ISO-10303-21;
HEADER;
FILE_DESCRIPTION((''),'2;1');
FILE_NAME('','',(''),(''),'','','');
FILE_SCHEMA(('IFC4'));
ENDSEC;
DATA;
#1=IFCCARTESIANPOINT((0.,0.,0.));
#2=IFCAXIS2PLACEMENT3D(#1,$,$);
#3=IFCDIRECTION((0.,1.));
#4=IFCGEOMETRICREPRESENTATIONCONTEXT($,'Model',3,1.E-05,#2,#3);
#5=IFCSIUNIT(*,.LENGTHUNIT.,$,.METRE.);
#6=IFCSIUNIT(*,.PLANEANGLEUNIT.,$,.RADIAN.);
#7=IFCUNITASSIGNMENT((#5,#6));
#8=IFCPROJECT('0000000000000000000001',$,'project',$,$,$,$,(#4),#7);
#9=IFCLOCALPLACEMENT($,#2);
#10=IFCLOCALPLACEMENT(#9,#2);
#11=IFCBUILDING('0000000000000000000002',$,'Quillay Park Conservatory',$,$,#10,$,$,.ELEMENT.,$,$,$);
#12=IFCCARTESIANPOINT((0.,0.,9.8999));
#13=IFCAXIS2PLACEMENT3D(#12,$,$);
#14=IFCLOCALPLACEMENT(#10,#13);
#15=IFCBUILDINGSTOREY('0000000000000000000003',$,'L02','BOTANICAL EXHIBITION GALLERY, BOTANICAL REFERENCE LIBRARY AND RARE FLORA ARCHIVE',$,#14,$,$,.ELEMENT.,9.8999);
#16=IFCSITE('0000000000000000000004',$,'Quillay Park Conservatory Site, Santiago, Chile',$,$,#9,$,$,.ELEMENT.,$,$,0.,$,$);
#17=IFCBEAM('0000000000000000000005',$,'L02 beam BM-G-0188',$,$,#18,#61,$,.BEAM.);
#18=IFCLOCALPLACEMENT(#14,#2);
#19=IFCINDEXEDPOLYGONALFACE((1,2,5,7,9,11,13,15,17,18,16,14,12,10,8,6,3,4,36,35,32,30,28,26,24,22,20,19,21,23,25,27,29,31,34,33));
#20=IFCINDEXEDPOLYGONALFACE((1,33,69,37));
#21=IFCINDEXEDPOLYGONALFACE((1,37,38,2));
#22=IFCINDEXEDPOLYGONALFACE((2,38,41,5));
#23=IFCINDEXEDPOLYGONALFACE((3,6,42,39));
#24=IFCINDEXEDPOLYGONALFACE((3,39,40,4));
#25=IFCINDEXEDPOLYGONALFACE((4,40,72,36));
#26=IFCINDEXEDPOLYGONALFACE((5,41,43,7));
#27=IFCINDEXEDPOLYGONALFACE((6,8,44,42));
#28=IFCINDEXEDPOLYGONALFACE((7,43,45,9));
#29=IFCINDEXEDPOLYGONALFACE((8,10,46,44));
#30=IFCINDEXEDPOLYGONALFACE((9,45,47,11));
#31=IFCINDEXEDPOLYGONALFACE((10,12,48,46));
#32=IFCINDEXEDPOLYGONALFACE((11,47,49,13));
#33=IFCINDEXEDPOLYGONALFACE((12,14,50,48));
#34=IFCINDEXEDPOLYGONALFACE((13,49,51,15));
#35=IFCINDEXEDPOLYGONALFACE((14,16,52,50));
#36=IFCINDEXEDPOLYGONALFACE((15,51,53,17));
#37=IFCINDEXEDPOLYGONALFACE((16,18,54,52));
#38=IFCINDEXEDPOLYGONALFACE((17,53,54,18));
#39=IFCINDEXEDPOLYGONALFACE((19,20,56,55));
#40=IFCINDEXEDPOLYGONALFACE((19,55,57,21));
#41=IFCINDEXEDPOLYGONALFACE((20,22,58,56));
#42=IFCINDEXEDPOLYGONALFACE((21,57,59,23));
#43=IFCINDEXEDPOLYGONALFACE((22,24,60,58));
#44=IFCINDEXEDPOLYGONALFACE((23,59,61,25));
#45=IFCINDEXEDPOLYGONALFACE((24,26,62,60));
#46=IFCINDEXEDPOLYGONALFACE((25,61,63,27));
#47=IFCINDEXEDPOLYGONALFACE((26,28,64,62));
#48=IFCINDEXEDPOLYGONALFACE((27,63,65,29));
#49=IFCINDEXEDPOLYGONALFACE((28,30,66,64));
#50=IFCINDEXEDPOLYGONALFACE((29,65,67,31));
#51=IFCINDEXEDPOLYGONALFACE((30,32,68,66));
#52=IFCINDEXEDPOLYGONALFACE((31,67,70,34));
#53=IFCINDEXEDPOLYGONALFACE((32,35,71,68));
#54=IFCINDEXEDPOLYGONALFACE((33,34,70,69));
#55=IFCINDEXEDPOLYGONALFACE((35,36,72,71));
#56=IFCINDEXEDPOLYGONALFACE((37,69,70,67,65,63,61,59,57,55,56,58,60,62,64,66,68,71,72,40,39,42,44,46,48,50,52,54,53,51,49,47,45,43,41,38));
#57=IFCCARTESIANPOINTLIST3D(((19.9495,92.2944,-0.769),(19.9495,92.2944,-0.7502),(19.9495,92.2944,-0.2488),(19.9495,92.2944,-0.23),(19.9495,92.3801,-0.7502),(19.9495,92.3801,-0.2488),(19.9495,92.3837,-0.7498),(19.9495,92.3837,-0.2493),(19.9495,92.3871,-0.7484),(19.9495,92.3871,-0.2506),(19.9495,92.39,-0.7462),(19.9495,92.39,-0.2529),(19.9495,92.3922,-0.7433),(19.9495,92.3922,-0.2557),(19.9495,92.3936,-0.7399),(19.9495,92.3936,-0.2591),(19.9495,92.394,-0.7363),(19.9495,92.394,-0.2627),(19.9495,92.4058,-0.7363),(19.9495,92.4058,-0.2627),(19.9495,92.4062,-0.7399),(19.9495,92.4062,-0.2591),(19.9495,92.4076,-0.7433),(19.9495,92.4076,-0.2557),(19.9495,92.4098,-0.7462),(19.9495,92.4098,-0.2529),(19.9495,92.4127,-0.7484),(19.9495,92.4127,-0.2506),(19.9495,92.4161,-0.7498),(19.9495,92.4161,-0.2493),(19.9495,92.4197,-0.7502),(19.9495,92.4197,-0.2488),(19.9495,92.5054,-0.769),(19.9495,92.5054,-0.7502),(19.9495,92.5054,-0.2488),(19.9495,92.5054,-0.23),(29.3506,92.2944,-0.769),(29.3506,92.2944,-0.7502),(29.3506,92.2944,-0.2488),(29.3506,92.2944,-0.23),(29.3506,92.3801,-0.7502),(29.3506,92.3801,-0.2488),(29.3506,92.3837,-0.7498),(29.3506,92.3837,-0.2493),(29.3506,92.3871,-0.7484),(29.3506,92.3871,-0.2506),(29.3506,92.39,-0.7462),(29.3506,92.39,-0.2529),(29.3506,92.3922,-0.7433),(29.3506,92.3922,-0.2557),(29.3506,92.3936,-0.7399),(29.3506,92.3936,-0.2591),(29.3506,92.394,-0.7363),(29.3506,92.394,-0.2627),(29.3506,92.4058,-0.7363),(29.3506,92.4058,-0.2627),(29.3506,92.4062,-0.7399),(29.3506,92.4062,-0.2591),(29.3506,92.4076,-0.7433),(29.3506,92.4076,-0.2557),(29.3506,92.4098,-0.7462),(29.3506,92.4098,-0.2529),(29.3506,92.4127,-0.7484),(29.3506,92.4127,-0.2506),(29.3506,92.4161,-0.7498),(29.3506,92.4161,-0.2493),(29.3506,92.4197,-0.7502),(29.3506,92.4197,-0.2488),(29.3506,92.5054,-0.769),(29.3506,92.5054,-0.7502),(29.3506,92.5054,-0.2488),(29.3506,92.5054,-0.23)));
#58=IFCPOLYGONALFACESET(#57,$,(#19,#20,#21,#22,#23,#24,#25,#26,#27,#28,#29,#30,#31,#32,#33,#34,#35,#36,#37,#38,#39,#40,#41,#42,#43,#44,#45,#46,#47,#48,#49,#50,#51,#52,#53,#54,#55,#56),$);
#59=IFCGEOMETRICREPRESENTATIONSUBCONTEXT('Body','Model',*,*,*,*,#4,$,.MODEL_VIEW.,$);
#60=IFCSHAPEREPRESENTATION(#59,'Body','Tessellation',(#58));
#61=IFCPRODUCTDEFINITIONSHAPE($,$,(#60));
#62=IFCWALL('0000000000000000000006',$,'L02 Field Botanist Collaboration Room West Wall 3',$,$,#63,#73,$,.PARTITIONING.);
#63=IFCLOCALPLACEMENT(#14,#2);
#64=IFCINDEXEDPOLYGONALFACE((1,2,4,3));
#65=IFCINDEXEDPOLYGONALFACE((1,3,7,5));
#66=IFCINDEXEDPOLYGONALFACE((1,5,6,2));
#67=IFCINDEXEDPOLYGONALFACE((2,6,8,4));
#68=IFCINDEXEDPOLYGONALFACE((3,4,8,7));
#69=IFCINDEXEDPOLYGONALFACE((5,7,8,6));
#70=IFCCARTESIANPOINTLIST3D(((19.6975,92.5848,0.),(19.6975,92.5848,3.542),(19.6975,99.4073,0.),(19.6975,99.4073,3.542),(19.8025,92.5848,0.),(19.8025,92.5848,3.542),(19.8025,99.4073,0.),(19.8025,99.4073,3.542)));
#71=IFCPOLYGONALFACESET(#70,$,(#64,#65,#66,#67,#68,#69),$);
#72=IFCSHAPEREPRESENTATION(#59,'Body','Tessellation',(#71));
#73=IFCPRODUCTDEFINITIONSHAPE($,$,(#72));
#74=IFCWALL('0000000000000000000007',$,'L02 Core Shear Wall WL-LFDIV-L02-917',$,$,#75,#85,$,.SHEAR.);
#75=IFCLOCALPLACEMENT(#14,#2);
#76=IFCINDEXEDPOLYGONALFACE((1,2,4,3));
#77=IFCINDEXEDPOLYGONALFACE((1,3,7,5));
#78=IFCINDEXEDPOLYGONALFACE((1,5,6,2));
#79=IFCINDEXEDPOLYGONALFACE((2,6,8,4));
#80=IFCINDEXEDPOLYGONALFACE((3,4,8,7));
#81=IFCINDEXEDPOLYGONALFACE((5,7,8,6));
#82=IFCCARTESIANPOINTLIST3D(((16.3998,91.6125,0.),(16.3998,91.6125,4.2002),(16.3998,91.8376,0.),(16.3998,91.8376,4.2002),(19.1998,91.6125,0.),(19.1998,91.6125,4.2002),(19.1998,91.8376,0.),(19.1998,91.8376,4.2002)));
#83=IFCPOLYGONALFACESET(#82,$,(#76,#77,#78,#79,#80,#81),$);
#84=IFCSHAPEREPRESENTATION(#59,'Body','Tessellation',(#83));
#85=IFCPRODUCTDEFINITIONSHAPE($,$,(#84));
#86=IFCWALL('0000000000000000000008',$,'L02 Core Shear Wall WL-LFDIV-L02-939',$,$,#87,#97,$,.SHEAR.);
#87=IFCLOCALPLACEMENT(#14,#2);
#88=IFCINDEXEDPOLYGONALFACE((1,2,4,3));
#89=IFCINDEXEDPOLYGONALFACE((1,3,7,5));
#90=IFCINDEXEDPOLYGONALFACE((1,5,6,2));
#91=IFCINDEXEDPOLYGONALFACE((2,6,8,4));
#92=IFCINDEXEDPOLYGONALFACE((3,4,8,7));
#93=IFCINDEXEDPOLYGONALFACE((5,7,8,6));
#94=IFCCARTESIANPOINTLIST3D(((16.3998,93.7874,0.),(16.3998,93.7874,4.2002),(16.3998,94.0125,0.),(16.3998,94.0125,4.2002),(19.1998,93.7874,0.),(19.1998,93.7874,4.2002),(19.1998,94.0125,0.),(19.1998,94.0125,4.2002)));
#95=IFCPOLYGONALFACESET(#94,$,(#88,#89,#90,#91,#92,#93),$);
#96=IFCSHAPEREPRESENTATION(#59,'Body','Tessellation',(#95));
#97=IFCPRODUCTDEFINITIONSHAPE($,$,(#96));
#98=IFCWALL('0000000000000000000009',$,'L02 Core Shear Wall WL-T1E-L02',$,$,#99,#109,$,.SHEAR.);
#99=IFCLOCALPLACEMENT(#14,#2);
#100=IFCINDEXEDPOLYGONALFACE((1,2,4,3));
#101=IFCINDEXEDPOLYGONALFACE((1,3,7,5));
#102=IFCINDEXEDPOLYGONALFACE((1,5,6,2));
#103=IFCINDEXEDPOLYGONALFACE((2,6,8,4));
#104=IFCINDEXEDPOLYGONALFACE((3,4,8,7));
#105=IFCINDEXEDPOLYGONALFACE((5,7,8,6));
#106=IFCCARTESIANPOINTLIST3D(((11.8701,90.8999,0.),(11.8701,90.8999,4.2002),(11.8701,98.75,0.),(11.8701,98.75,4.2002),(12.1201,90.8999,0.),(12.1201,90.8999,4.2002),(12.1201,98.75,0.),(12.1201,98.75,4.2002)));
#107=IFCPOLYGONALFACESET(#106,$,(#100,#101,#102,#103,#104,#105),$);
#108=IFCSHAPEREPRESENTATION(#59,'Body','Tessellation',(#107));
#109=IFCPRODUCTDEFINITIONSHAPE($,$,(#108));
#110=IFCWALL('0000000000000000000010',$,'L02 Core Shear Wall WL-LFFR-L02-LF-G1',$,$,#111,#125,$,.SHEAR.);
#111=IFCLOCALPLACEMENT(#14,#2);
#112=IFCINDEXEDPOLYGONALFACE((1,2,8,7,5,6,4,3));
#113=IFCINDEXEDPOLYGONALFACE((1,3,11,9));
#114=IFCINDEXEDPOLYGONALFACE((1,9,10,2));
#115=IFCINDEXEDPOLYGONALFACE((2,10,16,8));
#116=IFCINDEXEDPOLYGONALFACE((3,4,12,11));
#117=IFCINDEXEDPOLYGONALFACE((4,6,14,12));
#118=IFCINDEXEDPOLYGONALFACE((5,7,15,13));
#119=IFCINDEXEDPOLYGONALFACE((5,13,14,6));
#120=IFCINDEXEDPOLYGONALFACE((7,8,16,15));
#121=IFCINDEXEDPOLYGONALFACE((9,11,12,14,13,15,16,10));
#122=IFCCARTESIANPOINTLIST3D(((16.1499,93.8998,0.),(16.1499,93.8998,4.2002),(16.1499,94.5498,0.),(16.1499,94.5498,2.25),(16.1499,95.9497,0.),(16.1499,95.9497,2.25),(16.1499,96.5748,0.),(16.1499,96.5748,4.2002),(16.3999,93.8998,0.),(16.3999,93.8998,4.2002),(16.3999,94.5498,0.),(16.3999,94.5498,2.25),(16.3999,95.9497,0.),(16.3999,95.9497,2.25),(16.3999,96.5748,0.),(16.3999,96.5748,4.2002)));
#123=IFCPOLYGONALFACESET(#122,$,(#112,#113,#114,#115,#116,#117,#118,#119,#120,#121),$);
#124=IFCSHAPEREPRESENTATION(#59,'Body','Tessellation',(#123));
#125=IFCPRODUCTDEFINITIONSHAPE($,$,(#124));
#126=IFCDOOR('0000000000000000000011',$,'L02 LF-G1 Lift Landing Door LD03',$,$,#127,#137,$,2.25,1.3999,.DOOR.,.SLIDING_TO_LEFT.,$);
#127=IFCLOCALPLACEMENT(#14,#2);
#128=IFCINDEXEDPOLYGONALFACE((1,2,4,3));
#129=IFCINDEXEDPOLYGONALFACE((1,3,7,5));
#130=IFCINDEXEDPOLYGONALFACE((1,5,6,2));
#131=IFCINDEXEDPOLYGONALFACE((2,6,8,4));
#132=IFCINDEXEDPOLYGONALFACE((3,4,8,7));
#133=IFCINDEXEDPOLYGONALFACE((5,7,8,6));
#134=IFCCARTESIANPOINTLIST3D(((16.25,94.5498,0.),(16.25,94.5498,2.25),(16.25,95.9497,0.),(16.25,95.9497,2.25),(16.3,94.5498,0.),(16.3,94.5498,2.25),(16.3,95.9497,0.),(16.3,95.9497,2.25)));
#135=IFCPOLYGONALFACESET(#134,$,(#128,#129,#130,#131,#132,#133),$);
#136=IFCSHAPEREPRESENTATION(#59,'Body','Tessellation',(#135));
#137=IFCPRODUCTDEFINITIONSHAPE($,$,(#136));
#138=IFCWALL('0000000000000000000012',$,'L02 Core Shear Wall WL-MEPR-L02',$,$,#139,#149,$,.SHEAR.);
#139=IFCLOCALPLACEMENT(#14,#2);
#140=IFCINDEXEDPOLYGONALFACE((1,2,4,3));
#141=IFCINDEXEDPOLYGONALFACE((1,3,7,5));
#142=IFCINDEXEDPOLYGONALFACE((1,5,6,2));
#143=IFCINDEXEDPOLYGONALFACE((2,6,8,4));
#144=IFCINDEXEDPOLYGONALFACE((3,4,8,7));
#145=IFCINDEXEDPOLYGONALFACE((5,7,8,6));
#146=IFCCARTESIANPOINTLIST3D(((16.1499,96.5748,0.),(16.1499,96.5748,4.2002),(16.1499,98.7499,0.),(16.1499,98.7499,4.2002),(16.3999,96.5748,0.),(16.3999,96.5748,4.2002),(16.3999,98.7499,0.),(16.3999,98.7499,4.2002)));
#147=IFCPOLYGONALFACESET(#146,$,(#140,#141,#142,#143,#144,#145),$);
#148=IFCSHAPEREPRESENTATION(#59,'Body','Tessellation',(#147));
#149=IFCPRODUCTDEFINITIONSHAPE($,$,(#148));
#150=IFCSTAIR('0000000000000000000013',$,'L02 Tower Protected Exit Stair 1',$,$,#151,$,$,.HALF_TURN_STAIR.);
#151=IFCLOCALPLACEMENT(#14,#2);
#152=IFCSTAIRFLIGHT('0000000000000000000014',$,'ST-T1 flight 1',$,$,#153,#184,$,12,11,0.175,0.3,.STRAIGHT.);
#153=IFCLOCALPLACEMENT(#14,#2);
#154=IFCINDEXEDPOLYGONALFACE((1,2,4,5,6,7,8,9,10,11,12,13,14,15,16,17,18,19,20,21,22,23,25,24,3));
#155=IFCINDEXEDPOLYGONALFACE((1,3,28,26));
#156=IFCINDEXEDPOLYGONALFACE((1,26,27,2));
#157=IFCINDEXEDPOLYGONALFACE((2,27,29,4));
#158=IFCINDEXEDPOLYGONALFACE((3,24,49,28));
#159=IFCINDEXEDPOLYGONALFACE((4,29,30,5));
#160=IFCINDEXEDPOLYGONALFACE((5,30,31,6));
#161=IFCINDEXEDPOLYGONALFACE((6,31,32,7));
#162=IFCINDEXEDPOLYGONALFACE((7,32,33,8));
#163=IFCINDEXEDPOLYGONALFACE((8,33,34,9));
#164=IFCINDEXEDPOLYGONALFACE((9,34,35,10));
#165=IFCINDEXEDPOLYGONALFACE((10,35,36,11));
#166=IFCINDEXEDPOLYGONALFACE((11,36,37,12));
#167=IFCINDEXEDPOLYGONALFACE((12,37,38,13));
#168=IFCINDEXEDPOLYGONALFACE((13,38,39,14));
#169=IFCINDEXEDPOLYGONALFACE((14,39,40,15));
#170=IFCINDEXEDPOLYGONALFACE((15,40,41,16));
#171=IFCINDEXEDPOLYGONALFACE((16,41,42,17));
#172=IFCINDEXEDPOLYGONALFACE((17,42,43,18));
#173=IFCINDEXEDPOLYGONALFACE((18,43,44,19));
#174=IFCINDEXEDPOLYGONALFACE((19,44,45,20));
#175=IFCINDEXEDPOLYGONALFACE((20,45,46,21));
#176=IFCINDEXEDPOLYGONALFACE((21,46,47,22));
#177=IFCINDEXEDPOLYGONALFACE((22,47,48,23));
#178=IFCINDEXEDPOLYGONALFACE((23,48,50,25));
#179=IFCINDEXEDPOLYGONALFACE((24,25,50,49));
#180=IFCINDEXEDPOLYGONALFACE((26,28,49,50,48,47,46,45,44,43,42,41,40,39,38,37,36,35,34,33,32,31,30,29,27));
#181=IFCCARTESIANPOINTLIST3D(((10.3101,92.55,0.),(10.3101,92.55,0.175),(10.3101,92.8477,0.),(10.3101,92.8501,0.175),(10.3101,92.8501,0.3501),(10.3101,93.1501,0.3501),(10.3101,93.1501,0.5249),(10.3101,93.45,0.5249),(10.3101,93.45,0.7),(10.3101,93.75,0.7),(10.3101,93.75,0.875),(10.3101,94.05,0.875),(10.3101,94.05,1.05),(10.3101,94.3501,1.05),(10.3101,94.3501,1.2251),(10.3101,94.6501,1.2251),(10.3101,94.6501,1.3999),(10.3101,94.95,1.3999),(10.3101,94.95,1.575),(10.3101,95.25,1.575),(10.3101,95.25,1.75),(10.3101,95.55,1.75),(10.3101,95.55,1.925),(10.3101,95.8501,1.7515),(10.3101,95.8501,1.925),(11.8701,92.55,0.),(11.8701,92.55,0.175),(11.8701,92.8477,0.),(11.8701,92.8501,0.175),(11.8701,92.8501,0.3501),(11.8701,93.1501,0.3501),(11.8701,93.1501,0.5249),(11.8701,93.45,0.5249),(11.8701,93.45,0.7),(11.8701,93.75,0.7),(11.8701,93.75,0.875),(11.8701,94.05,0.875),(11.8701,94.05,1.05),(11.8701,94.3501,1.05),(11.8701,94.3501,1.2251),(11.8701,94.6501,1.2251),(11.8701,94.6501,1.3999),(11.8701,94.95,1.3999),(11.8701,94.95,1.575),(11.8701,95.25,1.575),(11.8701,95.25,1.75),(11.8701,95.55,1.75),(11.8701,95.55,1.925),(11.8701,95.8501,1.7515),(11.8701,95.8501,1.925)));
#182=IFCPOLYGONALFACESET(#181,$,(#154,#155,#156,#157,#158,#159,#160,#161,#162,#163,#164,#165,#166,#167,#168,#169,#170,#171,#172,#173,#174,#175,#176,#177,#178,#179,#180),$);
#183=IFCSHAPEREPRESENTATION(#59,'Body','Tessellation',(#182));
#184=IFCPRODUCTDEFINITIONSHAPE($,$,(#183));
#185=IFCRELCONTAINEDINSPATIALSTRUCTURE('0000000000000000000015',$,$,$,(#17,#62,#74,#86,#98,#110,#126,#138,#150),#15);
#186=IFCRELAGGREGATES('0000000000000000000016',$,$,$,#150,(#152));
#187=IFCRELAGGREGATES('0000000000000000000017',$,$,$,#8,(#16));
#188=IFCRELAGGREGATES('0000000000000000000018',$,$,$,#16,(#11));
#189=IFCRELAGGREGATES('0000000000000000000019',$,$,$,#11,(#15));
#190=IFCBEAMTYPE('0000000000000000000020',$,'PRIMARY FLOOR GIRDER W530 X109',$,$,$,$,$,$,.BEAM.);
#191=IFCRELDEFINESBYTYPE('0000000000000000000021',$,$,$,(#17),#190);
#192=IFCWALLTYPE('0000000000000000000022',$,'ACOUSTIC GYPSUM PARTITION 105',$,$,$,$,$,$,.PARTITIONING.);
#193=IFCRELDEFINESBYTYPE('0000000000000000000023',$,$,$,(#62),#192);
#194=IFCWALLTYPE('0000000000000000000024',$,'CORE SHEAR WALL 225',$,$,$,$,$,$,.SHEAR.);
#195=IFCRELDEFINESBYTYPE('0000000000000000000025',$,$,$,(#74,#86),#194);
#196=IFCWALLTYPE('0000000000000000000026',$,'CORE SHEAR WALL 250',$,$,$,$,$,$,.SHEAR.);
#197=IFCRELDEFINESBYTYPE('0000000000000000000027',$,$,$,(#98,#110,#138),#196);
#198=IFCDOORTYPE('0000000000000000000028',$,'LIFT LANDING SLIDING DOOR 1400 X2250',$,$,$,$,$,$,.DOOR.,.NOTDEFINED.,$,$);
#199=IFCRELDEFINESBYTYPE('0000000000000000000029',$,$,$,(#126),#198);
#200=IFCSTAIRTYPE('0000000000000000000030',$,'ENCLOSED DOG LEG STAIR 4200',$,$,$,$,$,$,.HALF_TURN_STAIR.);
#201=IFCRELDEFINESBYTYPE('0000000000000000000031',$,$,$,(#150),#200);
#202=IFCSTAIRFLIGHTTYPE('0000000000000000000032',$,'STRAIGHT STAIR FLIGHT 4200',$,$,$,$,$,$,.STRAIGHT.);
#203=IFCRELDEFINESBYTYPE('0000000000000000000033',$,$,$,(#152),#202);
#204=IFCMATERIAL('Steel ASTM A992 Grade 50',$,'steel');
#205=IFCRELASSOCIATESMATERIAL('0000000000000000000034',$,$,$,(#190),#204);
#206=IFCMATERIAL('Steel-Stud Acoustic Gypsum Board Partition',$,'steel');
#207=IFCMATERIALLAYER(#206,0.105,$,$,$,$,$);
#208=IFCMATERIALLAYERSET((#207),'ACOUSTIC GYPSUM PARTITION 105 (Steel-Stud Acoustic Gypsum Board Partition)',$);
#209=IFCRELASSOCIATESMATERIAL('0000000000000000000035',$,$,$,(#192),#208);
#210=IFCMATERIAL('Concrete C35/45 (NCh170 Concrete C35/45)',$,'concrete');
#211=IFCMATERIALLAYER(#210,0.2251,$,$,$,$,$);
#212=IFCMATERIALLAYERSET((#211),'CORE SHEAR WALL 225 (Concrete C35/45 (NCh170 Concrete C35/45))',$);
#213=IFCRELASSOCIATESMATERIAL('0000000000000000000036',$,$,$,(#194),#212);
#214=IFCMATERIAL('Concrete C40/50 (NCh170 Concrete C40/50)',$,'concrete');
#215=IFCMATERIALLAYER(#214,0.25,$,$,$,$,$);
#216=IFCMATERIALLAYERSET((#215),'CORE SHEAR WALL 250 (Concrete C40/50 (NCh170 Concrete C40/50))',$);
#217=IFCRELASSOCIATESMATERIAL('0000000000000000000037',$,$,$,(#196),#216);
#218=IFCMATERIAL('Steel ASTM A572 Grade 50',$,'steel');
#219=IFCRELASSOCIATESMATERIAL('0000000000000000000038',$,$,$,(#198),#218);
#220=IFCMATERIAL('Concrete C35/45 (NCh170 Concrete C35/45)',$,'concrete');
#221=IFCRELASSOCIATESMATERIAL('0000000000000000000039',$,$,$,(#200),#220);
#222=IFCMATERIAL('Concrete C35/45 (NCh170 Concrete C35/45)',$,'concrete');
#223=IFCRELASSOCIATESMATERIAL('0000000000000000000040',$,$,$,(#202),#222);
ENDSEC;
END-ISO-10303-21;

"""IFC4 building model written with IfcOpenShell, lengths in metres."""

from ifc_helpers import new_model, si_unit, direction, frame, frame_2d, origin, origin_2d, place, context, subcontext, project, spatial, polyline, rectangle, i_section, outline, extrude, material, layer, layer_set, material_profile, profile_set, type_object, element, fill, aggregate, save


model = new_model("IFC4")

# Units and contexts
model_context = context("Model", 3, precision=1e-05, world=origin(), true_north=direction((0.0, 1.0)))
body_context = subcontext(model_context, "Body", "Model", "MODEL_VIEW")
ifc_project = project(units=[si_unit("LENGTHUNIT", "METRE"), si_unit("PLANEANGLEUNIT", "RADIAN")], contexts=[model_context])

# Site, building, storey
site_placement = place(None, origin())
site = spatial("IfcSite", under=ifc_project, at=site_placement, Name="Quillay Park Conservatory Site, Santiago, Chile", CompositionType="ELEMENT", RefElevation=0.0)
building_placement = place(site_placement, origin())
building = spatial("IfcBuilding", under=site, at=building_placement, Name="Quillay Park Conservatory", CompositionType="ELEMENT")
storey_placement = place(building_placement, frame((0.0, 0.0, 9.8999)))
storey = spatial("IfcBuildingStorey", under=building, at=storey_placement, Name="L02", Description="BOTANICAL EXHIBITION GALLERY, BOTANICAL REFERENCE LIBRARY AND RARE FLORA ARCHIVE", CompositionType="ELEMENT", Elevation=9.8999)

# Beam
ifc_material_1 = material(Name="Steel ASTM A992 Grade 50", Category="steel")
ifc_material_profile_1 = material_profile(ifc_material_1, i_section(OverallWidth=0.2109, OverallDepth=0.5391, WebThickness=0.0117, FlangeThickness=0.0188, FilletRadius=0.0139, at=origin_2d()), Name="W530x109")
ifc_profile_set_1 = profile_set([ifc_material_profile_1], Name="Steel ASTM A992 Grade 50")
beam_type_1 = type_object("IfcBeamType", Name="PRIMARY FLOOR GIRDER W530 X109", PredefinedType="BEAM", material=ifc_profile_set_1)
beam_1_placement = place(storey_placement, frame((19.9495, 92.3999, -0.4995), z_axis=(1.0, 0.0, 0.0), x_axis=(0.0, 1.0, 0.0)))
element("IfcBeam", 1, at=beam_1_placement, inside=storey, type_object=beam_type_1, Name="L02 beam BM-G-0188", PredefinedType="BEAM", context=body_context, shape_type="SweptSolid", body=[
    extrude(i_section(OverallWidth=0.2109, OverallDepth=0.5391, WebThickness=0.0117, FlangeThickness=0.0188, FilletRadius=0.0139, at=origin_2d()), origin(), (0.0, 0.0, 1.0), 9.4011),
])

# Walls
ifc_material_2 = material(Name="Steel-Stud Acoustic Gypsum Board Partition", Category="steel")
ifc_layer_1 = layer(ifc_material_2, 0.105)
ifc_layer_set_1 = layer_set([ifc_layer_1], Name="ACOUSTIC GYPSUM PARTITION 105 (Steel-Stud Acoustic Gypsum Board Partition)")
wall_type_1 = type_object("IfcWallType", Name="ACOUSTIC GYPSUM PARTITION 105", PredefinedType="PARTITIONING", material=ifc_layer_set_1)
wall_1_placement = place(storey_placement, frame((19.75, 92.585, 0.0), z_axis=(0.0, 0.0, 1.0), x_axis=(0.0, 1.0, 0.0)))
element("IfcWall", 2, at=wall_1_placement, inside=storey, type_object=wall_type_1, Name="L02 Field Botanist Collaboration Room West Wall 3", PredefinedType="PARTITIONING", context=body_context, shape_type="SweptSolid", body=[
    extrude(rectangle(XDim=6.8225, YDim=0.105, at=frame_2d((3.4111, 0.0))), origin(), (0.0, 0.0, 1.0), 3.542),
])
ifc_material_3 = material(Name="Concrete C35/45 (NCh170 Concrete C35/45)", Category="concrete")
ifc_layer_2 = layer(ifc_material_3, 0.2251)
ifc_layer_set_2 = layer_set([ifc_layer_2], Name="CORE SHEAR WALL 225 (Concrete C35/45 (NCh170 Concrete C35/45))")
wall_type_2 = type_object("IfcWallType", Name="CORE SHEAR WALL 225", PredefinedType="SHEAR", material=ifc_layer_set_2)
for number, where, z_axis, x_axis, name in (
    (3, (16.3999, 91.7251, 0.0), (0.0, 0.0, 1.0), (1.0, 0.0, 0.0), "L02 Core Shear Wall WL-LFDIV-L02-917"),
    (4, (16.3999, 93.8999, 0.0), (0.0, 0.0, 1.0), (1.0, 0.0, 0.0), "L02 Core Shear Wall WL-LFDIV-L02-939"),
):
    element("IfcWall", number, at=place(storey_placement, frame(where, z_axis=z_axis, x_axis=x_axis)), inside=storey, type_object=wall_type_2, Name=name, PredefinedType="SHEAR", context=body_context, shape_type="SweptSolid", body=[
        extrude(rectangle(XDim=2.8, YDim=0.2251, at=frame_2d((1.3999, 0.0))), origin(), (0.0, 0.0, 1.0), 4.2002),
    ])
ifc_material_4 = material(Name="Concrete C40/50 (NCh170 Concrete C40/50)", Category="concrete")
ifc_layer_3 = layer(ifc_material_4, 0.25)
ifc_layer_set_3 = layer_set([ifc_layer_3], Name="CORE SHEAR WALL 250 (Concrete C40/50 (NCh170 Concrete C40/50))")
wall_type_3 = type_object("IfcWallType", Name="CORE SHEAR WALL 250", PredefinedType="SHEAR", material=ifc_layer_set_3)
wall_2_placement = place(storey_placement, frame((11.9951, 90.8999, 0.0), z_axis=(0.0, 0.0, 1.0), x_axis=(0.0, 1.0, 0.0)))
element("IfcWall", 5, at=wall_2_placement, inside=storey, type_object=wall_type_3, Name="L02 Core Shear Wall WL-T1E-L02", PredefinedType="SHEAR", context=body_context, shape_type="SweptSolid", body=[
    extrude(rectangle(XDim=7.8501, YDim=0.25, at=frame_2d((3.925, 0.0))), origin(), (0.0, 0.0, 1.0), 4.2002),
])

# Wall, opening, door
wall_3_placement = place(storey_placement, frame((16.2749, 93.8999, 0.0), z_axis=(0.0, 0.0, 1.0), x_axis=(0.0, 1.0, 0.0)))
wall_3 = element("IfcWall", 6, at=wall_3_placement, inside=storey, type_object=wall_type_3, Name="L02 Core Shear Wall WL-LFFR-L02-LF-G1", PredefinedType="SHEAR", context=body_context, shape_type="SweptSolid", body=[
    extrude(rectangle(XDim=2.675, YDim=0.25, at=frame_2d((1.3374, 0.0))), origin(), (0.0, 0.0, 1.0), 4.2002),
])
opening_1_placement = place(wall_3_placement, frame((0.6499, 0.0, 0.0)))
opening_1 = element("IfcOpeningElement", 7, at=opening_1_placement, cuts=wall_3, PredefinedType="OPENING", context=body_context, shape_type="SweptSolid", body=[
    extrude(rectangle(XDim=1.3999, YDim=2.25, at=frame_2d((0.7, 1.125))), frame((0.0, 0.125, 0.0), z_axis=(0.0, -1.0, 0.0), x_axis=(1.0, 0.0, 0.0)), (0.0, 0.0, 1.0), 0.25),
])
ifc_material_5 = material(Name="Steel ASTM A572 Grade 50", Category="steel")
door_type_1 = type_object("IfcDoorType", Name="LIFT LANDING SLIDING DOOR 1400 X2250", OperationType="NOTDEFINED", PredefinedType="DOOR", material=ifc_material_5)
door_1_placement = place(opening_1_placement, origin())
door_1 = element("IfcDoor", 8, at=door_1_placement, inside=storey, type_object=door_type_1, Name="L02 LF-G1 Lift Landing Door LD03", OperationType="SLIDING_TO_LEFT", OverallHeight=2.25, OverallWidth=1.3999, PredefinedType="DOOR", context=body_context, shape_type="SweptSolid", body=[
    extrude(rectangle(XDim=1.3999, YDim=2.25, at=frame_2d((0.7, 1.125))), frame((0.0, 0.0249, 0.0), z_axis=(0.0, -1.0, 0.0), x_axis=(1.0, 0.0, 0.0)), (0.0, 0.0, 1.0), 0.05),
])
fill(opening_1, door_1)

# Wall
wall_4_placement = place(storey_placement, frame((16.2749, 96.575, 0.0), z_axis=(0.0, 0.0, 1.0), x_axis=(0.0, 1.0, 0.0)))
element("IfcWall", 9, at=wall_4_placement, inside=storey, type_object=wall_type_3, Name="L02 Core Shear Wall WL-MEPR-L02", PredefinedType="SHEAR", context=body_context, shape_type="SweptSolid", body=[
    extrude(rectangle(XDim=2.175, YDim=0.25, at=frame_2d((1.0874, 0.0))), origin(), (0.0, 0.0, 1.0), 4.2002),
])

# Stair, stair flight
ifc_material_6 = material(Name="Concrete C35/45 (NCh170 Concrete C35/45)", Category="concrete")
stair_type = type_object("IfcStairType", Name="ENCLOSED DOG LEG STAIR 4200", PredefinedType="HALF_TURN_STAIR", material=ifc_material_6)
stair_placement = place(storey_placement, origin())
stair = element("IfcStair", 10, at=stair_placement, inside=storey, type_object=stair_type, Name="L02 Tower Protected Exit Stair 1", PredefinedType="HALF_TURN_STAIR")
ifc_material_7 = material(Name="Concrete C35/45 (NCh170 Concrete C35/45)", Category="concrete")
stair_flight_type = type_object("IfcStairFlightType", Name="STRAIGHT STAIR FLIGHT 4200", PredefinedType="STRAIGHT", material=ifc_material_7)
stair_flight_placement = place(storey_placement, frame((11.0901, 92.55, 0.0), z_axis=(0.0, 0.0, 1.0), x_axis=(0.0, 1.0, 0.0)))
stair_flight = element("IfcStairFlight", 11, at=stair_flight_placement, type_object=stair_flight_type, Name="ST-T1 flight 1", NumberOfRisers=12, NumberOfTreads=11, PredefinedType="STRAIGHT", RiserHeight=0.175, TreadLength=0.3, context=body_context, shape_type="SweptSolid", body=[
    extrude(outline(polyline([(0.0, 0.0), (0.0, 0.175), (0.3, 0.175), (0.3, 0.3501), (0.6001, 0.3501), (0.6001, 0.5249), (0.8999, 0.5249), (0.8999, 0.7), (1.2, 0.7), (1.2, 0.875), (1.5, 0.875), (1.5, 1.05), (1.8, 1.05), (1.8, 1.2251), (2.1001, 1.2251), (2.1001, 1.3999), (2.3999, 1.3999), (2.3999, 1.575), (2.7, 1.575), (2.7, 1.75), (3.0, 1.75), (3.0, 1.925), (3.3, 1.925), (3.3, 2.1001), (3.3, 1.7515), (0.2976, 0.0), (0.0, 0.0)])), frame((0.0, 0.78, 0.0), z_axis=(0.0, -1.0, 0.0), x_axis=(1.0, 0.0, 0.0)), (0.0, 0.0, 1.0), 1.5601),
])
aggregate(stair, [stair_flight])

save(model, "model.ifc")
